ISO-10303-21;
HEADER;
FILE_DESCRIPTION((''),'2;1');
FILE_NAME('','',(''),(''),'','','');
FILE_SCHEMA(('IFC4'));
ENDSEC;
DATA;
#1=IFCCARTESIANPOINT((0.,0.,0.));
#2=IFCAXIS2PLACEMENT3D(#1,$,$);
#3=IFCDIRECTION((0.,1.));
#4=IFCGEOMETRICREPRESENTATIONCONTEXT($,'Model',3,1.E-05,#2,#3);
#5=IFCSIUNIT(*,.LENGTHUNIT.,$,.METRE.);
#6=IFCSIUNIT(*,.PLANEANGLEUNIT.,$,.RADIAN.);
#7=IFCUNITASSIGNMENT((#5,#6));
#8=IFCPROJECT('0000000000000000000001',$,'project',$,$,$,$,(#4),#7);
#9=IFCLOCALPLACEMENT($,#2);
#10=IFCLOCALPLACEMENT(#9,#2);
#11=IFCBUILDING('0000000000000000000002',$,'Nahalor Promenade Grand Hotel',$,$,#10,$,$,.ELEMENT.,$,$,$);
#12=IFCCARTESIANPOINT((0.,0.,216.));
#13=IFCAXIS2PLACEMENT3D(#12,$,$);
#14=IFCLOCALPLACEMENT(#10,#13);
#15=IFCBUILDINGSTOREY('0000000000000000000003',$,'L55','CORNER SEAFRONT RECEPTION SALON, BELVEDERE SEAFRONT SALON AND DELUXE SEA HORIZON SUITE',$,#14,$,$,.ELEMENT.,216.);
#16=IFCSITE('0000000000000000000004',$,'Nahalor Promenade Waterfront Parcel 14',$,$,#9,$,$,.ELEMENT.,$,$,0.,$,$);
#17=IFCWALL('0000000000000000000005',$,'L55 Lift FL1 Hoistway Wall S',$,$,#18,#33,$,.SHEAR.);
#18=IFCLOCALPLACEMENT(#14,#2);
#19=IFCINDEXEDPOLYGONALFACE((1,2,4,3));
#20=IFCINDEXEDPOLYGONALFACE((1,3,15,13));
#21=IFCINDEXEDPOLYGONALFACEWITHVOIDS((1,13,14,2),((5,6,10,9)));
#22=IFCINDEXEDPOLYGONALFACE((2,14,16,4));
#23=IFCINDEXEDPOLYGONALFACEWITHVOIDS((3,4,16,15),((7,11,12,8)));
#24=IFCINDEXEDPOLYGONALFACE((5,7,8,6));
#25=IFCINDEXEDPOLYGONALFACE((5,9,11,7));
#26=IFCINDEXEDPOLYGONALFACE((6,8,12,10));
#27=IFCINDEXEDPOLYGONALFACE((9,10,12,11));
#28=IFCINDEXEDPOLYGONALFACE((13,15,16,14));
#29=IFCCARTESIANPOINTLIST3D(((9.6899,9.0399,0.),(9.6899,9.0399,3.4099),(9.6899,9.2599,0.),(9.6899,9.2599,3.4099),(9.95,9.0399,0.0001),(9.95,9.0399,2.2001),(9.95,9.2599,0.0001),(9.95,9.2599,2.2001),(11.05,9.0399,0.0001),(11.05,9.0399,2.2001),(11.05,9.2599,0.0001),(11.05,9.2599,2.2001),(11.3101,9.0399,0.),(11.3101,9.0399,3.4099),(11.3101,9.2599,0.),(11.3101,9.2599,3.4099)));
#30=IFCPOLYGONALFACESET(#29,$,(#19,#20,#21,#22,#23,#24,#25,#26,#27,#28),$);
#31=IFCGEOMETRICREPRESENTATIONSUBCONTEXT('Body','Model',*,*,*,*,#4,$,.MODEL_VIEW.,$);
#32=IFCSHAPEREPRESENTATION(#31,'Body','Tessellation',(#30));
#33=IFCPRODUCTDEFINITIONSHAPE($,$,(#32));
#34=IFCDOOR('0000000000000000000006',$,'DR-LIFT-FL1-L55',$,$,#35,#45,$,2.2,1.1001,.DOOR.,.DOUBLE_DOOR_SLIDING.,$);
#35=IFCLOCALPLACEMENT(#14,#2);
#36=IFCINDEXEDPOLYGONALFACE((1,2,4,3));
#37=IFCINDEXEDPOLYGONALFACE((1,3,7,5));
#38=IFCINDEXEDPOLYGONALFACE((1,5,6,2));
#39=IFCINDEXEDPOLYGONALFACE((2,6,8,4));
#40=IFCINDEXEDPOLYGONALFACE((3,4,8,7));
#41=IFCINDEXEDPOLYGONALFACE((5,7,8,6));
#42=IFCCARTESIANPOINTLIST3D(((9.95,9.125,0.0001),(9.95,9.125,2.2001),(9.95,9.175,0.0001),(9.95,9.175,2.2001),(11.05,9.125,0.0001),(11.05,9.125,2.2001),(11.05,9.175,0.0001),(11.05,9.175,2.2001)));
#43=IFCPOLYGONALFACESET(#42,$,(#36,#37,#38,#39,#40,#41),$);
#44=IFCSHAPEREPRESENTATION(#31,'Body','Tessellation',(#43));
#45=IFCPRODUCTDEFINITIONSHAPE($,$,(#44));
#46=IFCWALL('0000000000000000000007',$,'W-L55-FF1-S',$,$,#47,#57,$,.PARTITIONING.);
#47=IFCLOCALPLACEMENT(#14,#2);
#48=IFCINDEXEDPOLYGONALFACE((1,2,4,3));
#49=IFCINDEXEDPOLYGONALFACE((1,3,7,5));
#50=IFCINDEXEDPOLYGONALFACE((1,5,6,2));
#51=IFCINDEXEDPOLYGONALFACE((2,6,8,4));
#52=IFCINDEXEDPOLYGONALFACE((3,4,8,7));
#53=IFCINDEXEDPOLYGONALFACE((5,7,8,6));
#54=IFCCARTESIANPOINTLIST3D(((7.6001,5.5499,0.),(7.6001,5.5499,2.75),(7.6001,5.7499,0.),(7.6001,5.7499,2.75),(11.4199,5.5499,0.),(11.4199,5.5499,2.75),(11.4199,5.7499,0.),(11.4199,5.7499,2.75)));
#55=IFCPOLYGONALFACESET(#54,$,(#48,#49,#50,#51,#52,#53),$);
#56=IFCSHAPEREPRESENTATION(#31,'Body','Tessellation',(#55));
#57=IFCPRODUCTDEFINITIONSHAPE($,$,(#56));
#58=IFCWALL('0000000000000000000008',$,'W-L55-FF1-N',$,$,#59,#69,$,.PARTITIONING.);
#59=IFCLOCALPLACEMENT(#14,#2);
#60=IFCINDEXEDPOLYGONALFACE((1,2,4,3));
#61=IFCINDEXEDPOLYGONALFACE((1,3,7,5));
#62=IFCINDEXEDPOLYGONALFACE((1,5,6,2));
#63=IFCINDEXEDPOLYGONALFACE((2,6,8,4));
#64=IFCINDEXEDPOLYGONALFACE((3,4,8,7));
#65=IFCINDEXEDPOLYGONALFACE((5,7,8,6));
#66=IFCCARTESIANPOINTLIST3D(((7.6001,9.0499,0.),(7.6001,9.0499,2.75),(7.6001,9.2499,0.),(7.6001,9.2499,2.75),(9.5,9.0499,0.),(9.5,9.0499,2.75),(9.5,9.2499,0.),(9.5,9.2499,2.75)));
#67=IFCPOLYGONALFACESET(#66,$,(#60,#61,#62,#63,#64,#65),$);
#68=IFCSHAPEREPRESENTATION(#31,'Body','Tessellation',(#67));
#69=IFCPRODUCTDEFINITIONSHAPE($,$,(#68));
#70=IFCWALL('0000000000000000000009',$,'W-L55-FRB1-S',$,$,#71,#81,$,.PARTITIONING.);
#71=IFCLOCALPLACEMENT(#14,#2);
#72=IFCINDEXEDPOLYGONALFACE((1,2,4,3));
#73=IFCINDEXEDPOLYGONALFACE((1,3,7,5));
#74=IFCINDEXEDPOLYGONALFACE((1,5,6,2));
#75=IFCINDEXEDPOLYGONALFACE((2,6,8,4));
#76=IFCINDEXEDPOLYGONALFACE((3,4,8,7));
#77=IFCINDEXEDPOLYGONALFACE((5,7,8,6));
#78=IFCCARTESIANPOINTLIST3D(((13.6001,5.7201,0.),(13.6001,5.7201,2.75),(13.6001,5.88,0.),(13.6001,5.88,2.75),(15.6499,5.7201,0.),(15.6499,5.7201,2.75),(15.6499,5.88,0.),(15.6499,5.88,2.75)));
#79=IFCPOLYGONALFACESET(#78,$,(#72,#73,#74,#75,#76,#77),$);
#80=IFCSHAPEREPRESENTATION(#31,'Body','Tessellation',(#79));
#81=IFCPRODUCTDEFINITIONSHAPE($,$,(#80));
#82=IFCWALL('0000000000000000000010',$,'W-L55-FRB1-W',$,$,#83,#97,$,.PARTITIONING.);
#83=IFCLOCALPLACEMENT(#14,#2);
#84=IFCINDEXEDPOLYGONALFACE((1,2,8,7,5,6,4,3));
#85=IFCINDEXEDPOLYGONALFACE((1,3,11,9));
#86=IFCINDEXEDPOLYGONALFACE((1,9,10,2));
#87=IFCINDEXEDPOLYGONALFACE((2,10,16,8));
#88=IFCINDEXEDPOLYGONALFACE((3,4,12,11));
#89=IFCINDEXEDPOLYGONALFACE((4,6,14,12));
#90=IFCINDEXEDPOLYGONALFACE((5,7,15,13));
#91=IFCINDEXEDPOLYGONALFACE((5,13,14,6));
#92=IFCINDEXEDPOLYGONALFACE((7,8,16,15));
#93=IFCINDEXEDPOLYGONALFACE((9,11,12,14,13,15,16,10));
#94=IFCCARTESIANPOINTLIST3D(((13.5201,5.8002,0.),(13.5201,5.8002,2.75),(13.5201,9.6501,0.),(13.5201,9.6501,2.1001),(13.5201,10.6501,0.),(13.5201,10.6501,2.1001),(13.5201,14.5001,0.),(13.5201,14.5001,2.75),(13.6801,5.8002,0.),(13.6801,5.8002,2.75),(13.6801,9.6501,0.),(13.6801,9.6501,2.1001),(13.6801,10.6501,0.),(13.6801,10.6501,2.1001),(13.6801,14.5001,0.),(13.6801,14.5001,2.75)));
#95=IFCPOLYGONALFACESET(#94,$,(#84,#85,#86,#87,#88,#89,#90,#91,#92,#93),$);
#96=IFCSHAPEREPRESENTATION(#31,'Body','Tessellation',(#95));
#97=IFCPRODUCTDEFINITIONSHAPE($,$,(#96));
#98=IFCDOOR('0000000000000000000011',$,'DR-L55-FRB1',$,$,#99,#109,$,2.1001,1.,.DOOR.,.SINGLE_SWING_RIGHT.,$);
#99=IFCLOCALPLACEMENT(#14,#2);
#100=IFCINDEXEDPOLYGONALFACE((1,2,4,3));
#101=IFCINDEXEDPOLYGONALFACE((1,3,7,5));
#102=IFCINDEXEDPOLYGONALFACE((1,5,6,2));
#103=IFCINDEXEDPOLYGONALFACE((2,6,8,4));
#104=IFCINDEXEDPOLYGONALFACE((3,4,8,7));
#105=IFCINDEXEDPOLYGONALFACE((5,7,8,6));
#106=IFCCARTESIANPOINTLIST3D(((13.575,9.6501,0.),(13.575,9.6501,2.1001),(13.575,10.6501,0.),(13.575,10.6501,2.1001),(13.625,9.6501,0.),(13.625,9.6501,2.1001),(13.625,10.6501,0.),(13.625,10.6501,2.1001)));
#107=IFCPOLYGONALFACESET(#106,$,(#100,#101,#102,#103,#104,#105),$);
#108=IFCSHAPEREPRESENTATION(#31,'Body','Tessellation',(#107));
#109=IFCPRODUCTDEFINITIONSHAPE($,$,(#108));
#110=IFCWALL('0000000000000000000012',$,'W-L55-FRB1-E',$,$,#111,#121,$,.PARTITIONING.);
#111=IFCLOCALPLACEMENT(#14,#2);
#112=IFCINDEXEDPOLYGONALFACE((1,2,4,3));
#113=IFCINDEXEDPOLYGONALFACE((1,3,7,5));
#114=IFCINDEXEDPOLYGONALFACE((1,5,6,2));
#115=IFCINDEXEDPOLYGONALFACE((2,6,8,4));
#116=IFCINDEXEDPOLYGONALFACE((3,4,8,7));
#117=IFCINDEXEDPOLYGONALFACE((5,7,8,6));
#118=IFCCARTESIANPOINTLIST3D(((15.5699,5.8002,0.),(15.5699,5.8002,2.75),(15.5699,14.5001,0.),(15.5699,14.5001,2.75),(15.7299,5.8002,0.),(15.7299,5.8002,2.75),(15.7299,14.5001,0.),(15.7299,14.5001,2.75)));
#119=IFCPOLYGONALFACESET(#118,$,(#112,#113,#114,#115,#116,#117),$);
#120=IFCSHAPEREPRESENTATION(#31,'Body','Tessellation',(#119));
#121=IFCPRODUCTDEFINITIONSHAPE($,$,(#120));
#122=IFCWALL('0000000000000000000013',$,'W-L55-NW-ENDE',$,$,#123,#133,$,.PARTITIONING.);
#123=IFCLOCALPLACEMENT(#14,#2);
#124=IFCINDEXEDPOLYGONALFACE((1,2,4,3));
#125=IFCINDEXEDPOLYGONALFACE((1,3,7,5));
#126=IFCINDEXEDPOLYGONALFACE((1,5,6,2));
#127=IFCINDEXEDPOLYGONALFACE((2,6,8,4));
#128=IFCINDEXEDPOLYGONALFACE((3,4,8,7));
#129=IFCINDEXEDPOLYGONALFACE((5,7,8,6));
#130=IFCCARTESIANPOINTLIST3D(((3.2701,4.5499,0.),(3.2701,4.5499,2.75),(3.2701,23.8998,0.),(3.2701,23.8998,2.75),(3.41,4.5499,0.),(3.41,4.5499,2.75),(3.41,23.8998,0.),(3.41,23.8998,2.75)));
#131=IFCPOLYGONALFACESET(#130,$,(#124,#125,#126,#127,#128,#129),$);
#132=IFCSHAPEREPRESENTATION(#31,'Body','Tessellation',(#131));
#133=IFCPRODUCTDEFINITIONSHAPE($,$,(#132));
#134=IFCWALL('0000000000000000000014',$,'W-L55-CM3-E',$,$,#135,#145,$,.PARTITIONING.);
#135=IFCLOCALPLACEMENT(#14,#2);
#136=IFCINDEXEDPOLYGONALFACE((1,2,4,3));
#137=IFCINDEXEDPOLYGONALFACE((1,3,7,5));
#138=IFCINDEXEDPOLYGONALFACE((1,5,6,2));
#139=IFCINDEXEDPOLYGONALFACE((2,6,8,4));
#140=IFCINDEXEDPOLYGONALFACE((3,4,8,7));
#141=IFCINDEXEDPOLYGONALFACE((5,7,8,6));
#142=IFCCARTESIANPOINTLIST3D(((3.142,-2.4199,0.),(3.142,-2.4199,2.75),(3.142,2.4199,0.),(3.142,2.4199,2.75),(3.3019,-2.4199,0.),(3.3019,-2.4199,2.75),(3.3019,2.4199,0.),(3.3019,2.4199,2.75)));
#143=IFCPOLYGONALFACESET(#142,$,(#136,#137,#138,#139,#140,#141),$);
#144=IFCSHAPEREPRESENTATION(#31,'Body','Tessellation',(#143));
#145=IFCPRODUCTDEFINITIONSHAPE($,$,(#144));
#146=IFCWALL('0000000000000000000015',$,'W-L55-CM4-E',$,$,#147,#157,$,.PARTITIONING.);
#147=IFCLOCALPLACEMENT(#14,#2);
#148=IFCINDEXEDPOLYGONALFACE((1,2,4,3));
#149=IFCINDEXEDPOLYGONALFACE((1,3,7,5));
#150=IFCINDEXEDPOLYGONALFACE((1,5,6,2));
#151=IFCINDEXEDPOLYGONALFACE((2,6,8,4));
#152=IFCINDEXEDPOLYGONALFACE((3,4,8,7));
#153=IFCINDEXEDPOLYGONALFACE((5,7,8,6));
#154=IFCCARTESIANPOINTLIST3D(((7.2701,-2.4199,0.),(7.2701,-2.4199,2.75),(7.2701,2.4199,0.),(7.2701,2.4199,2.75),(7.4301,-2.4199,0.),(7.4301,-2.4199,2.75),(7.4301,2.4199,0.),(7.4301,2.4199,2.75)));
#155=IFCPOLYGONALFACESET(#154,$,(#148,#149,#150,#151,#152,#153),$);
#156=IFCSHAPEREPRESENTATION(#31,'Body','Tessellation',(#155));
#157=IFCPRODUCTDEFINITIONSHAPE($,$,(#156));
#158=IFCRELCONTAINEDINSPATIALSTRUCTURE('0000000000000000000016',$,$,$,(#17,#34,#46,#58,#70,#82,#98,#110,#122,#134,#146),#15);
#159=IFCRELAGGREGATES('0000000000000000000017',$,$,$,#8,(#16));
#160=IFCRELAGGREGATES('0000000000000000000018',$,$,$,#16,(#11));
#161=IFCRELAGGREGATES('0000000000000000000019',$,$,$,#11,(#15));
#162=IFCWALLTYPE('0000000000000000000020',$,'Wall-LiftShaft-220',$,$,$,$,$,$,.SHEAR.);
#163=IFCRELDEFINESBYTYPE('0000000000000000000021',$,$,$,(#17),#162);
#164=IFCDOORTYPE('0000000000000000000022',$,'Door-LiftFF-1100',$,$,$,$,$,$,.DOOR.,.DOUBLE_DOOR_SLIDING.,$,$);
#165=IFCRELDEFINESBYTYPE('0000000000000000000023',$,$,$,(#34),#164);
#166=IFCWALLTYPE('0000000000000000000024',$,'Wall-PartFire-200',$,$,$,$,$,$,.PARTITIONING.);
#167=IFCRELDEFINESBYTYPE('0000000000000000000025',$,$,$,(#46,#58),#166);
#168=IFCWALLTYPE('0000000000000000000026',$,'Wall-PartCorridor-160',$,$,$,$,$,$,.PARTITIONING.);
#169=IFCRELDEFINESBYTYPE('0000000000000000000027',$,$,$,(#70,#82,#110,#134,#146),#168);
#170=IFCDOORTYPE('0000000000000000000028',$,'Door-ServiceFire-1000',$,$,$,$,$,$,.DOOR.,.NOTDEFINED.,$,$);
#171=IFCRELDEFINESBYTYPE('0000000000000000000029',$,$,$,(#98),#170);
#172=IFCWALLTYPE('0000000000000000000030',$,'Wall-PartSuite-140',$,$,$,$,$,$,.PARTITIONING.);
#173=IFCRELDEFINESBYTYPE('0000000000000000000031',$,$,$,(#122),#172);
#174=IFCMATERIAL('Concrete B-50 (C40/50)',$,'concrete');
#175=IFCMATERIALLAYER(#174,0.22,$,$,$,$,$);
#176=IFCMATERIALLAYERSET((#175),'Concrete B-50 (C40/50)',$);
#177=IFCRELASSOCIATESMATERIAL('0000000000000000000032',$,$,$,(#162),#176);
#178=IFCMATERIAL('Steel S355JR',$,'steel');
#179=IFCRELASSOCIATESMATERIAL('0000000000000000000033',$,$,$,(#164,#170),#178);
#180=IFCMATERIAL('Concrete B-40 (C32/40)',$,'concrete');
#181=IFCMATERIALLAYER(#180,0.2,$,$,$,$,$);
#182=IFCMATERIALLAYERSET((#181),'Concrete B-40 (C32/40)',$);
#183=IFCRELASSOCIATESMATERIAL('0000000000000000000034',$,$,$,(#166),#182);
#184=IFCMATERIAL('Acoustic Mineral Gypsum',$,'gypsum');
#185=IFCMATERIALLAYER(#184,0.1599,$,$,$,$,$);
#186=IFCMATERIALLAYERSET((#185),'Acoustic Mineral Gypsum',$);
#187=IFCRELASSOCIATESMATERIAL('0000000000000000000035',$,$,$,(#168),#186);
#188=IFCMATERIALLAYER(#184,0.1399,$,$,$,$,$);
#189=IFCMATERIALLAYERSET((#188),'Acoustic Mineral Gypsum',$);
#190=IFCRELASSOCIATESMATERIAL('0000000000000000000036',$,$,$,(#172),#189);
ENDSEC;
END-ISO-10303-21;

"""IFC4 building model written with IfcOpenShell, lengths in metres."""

from ifc_helpers import new_model, si_unit, direction, frame, frame_2d, origin, place, context, subcontext, project, spatial, rectangle, extrude, source, transform, mapped, material, layer, layer_set, type_object, element, fill, save


model = new_model("IFC4")

# Units and contexts
model_context = context("Model", 3, precision=1e-05, world=origin(), true_north=direction((0.0, 1.0)))
body_context = subcontext(model_context, "Body", "Model", "MODEL_VIEW")
ifc_project = project(units=[si_unit("LENGTHUNIT", "METRE"), si_unit("PLANEANGLEUNIT", "RADIAN")], contexts=[model_context])

# Site, building, storey
site_placement = place(None, origin())
site = spatial("IfcSite", under=ifc_project, at=site_placement, Name="Nahalor Promenade Waterfront Parcel 14", CompositionType="ELEMENT", RefElevation=0.0)
building_placement = place(site_placement, origin())
building = spatial("IfcBuilding", under=site, at=building_placement, Name="Nahalor Promenade Grand Hotel", CompositionType="ELEMENT")
storey_placement = place(building_placement, frame((0.0, 0.0, 216.0)))
storey = spatial("IfcBuildingStorey", under=building, at=storey_placement, Name="L55", Description="CORNER SEAFRONT RECEPTION SALON, BELVEDERE SEAFRONT SALON AND DELUXE SEA HORIZON SUITE", CompositionType="ELEMENT", Elevation=216.0)

# Shared definitions
ifc_material_1 = material(Name="Steel S355JR", Category="steel")

# Shared definitions
ifc_material_2 = material(Name="Concrete B-50 (C40/50)", Category="concrete")

# Shared definitions
ifc_layer_1 = layer(ifc_material_2, 0.22)
ifc_layer_set_1 = layer_set([ifc_layer_1], Name="Concrete B-50 (C40/50)")
wall_type_1 = type_object("IfcWallType", Name="Wall-LiftShaft-220", PredefinedType="SHEAR", material=ifc_layer_set_1)

# Wall, opening, door
shared_shape_1 = source(origin(), body_context, "Body", "SweptSolid", [
    extrude(rectangle(XDim=1.6201, YDim=0.22, at=frame_2d((0.8101, 0.0))), origin(), (0.0, 0.0, 1.0), 3.4099),
])
wall_1_placement = place(storey_placement, frame((9.6899, 9.1499, 0.0), z_axis=(0.0, 0.0, 1.0), x_axis=(1.0, 0.0, 0.0)))
wall_1 = element("IfcWall", 1, at=wall_1_placement, inside=storey, type_object=wall_type_1, Name="L55 Lift FL1 Hoistway Wall S", PredefinedType="SHEAR", context=body_context, shape_type="MappedRepresentation", body=[
    mapped(shared_shape_1, transform((0.0, 0.0, 0.0), scale=1.0)),
])
opening_1_placement = place(wall_1_placement, frame((0.26, 0.0, 0.0)))
opening_1 = element("IfcOpeningElement", 2, at=opening_1_placement, cuts=wall_1, PredefinedType="OPENING", context=body_context, shape_type="SweptSolid", body=[
    extrude(rectangle(XDim=1.1001, YDim=2.2, at=frame_2d((0.55, 1.1001))), frame((0.0, 0.1199, 0.0), z_axis=(0.0, -1.0, 0.0), x_axis=(1.0, 0.0, 0.0)), (0.0, 0.0, 1.0), 0.24),
])
door_type_1 = type_object("IfcDoorType", Name="Door-LiftFF-1100", OperationType="DOUBLE_DOOR_SLIDING", PredefinedType="DOOR", material=ifc_material_1)
shared_shape_2 = source(origin(), body_context, "Body", "SweptSolid", [
    extrude(rectangle(XDim=1.1001, YDim=2.2, at=frame_2d((0.55, 1.1001))), frame((0.0, 0.0249, 0.0), z_axis=(0.0, -1.0, 0.0), x_axis=(1.0, 0.0, 0.0)), (0.0, 0.0, 1.0), 0.05),
])
door_1_placement = place(opening_1_placement, frame((1.1001, 0.0, 0.0), z_axis=(0.0, 0.0, 1.0), x_axis=(-1.0, 0.0, 0.0)))
door_1 = element("IfcDoor", 3, at=door_1_placement, inside=storey, type_object=door_type_1, Name="DR-LIFT-FL1-L55", OperationType="DOUBLE_DOOR_SLIDING", OverallHeight=2.2, OverallWidth=1.1001, PredefinedType="DOOR", context=body_context, shape_type="MappedRepresentation", body=[
    mapped(shared_shape_2, transform((0.0, 0.0, 0.0), scale=1.0)),
])
fill(opening_1, door_1)

# Walls
ifc_material_3 = material(Name="Concrete B-40 (C32/40)", Category="concrete")
ifc_layer_2 = layer(ifc_material_3, 0.2)
ifc_layer_set_2 = layer_set([ifc_layer_2], Name="Concrete B-40 (C32/40)")
wall_type_2 = type_object("IfcWallType", Name="Wall-PartFire-200", PredefinedType="PARTITIONING", material=ifc_layer_set_2)
shared_shape_3 = source(origin(), body_context, "Body", "SweptSolid", [
    extrude(rectangle(XDim=3.8198, YDim=0.2, at=frame_2d((1.9099, 0.0))), origin(), (0.0, 0.0, 1.0), 2.75),
])
wall_2_placement = place(storey_placement, frame((7.6001, 5.6499, 0.0), z_axis=(0.0, 0.0, 1.0), x_axis=(1.0, 0.0, 0.0)))
element("IfcWall", 4, at=wall_2_placement, inside=storey, type_object=wall_type_2, Name="W-L55-FF1-S", PredefinedType="PARTITIONING", context=body_context, shape_type="MappedRepresentation", body=[
    mapped(shared_shape_3, transform((0.0, 0.0, 0.0), scale=1.0)),
])
shared_shape_4 = source(origin(), body_context, "Body", "SweptSolid", [
    extrude(rectangle(XDim=1.8999, YDim=0.2, at=frame_2d((0.95, 0.0))), origin(), (0.0, 0.0, 1.0), 2.75),
])
wall_3_placement = place(storey_placement, frame((7.6001, 9.1499, 0.0), z_axis=(0.0, 0.0, 1.0), x_axis=(1.0, 0.0, 0.0)))
element("IfcWall", 5, at=wall_3_placement, inside=storey, type_object=wall_type_2, Name="W-L55-FF1-N", PredefinedType="PARTITIONING", context=body_context, shape_type="MappedRepresentation", body=[
    mapped(shared_shape_4, transform((0.0, 0.0, 0.0), scale=1.0)),
])

# Wall
ifc_material_4 = material(Name="Acoustic Mineral Gypsum", Category="gypsum")
ifc_layer_3 = layer(ifc_material_4, 0.1599)
ifc_layer_set_3 = layer_set([ifc_layer_3], Name="Acoustic Mineral Gypsum")
wall_type_3 = type_object("IfcWallType", Name="Wall-PartCorridor-160", PredefinedType="PARTITIONING", material=ifc_layer_set_3)
shared_shape_5 = source(origin(), body_context, "Body", "SweptSolid", [
    extrude(rectangle(XDim=2.0498, YDim=0.1599, at=frame_2d((1.0249, 0.0))), origin(), (0.0, 0.0, 1.0), 2.75),
])
wall_4_placement = place(storey_placement, frame((13.6001, 5.8, 0.0), z_axis=(0.0, 0.0, 1.0), x_axis=(1.0, 0.0, 0.0)))
element("IfcWall", 6, at=wall_4_placement, inside=storey, type_object=wall_type_3, Name="W-L55-FRB1-S", PredefinedType="PARTITIONING", context=body_context, shape_type="MappedRepresentation", body=[
    mapped(shared_shape_5, transform((0.0, 0.0, 0.0), scale=1.0)),
])

# Wall, opening, door
shared_shape_6 = source(origin(), body_context, "Body", "SweptSolid", [
    extrude(rectangle(XDim=8.7, YDim=0.1599, at=frame_2d((4.3501, 0.0))), origin(), (0.0, 0.0, 1.0), 2.75),
])
wall_5_placement = place(storey_placement, frame((13.6001, 5.8, 0.0), z_axis=(0.0, 0.0, 1.0), x_axis=(0.0, 1.0, 0.0)))
wall_5 = element("IfcWall", 7, at=wall_5_placement, inside=storey, type_object=wall_type_3, Name="W-L55-FRB1-W", PredefinedType="PARTITIONING", context=body_context, shape_type="MappedRepresentation", body=[
    mapped(shared_shape_6, transform((0.0, 0.0, 0.0), scale=1.0)),
])
opening_2_placement = place(wall_5_placement, frame((3.8501, 0.0, 0.0)))
opening_2 = element("IfcOpeningElement", 8, at=opening_2_placement, cuts=wall_5, PredefinedType="OPENING", context=body_context, shape_type="SweptSolid", body=[
    extrude(rectangle(XDim=1.0, YDim=2.1001, at=frame_2d((0.5, 1.05))), frame((0.0, 0.0898, 0.0), z_axis=(0.0, -1.0, 0.0), x_axis=(1.0, 0.0, 0.0)), (0.0, 0.0, 1.0), 0.1799),
])
door_type_2 = type_object("IfcDoorType", Name="Door-ServiceFire-1000", OperationType="NOTDEFINED", PredefinedType="DOOR", material=ifc_material_1)
shared_shape_7 = source(origin(), body_context, "Body", "SweptSolid", [
    extrude(rectangle(XDim=1.0, YDim=2.1001, at=frame_2d((0.5, 1.05))), frame((0.0, 0.0249, 0.0), z_axis=(0.0, -1.0, 0.0), x_axis=(1.0, 0.0, 0.0)), (0.0, 0.0, 1.0), 0.05),
])
door_2_placement = place(opening_2_placement, frame((1.0, 0.0, 0.0), z_axis=(0.0, 0.0, 1.0), x_axis=(-1.0, 0.0, 0.0)))
door_2 = element("IfcDoor", 9, at=door_2_placement, inside=storey, type_object=door_type_2, Name="DR-L55-FRB1", OperationType="SINGLE_SWING_RIGHT", OverallHeight=2.1001, OverallWidth=1.0, PredefinedType="DOOR", context=body_context, shape_type="MappedRepresentation", body=[
    mapped(shared_shape_7, transform((0.0, 0.0, 0.0), scale=1.0)),
])
fill(opening_2, door_2)

# Walls
wall_6_placement = place(storey_placement, frame((15.6499, 5.8, 0.0), z_axis=(0.0, 0.0, 1.0), x_axis=(0.0, 1.0, 0.0)))
element("IfcWall", 10, at=wall_6_placement, inside=storey, type_object=wall_type_3, Name="W-L55-FRB1-E", PredefinedType="PARTITIONING", context=body_context, shape_type="MappedRepresentation", body=[
    mapped(shared_shape_6, transform((0.0, 0.0, 0.0), scale=1.0)),
])
ifc_layer_4 = layer(ifc_material_4, 0.1399)
ifc_layer_set_4 = layer_set([ifc_layer_4], Name="Acoustic Mineral Gypsum")
wall_type_4 = type_object("IfcWallType", Name="Wall-PartSuite-140", PredefinedType="PARTITIONING", material=ifc_layer_set_4)
shared_shape_8 = source(origin(), body_context, "Body", "SweptSolid", [
    extrude(rectangle(XDim=19.3499, YDim=0.1399, at=frame_2d((9.6748, 0.0))), origin(), (0.0, 0.0, 1.0), 2.75),
])
wall_7_placement = place(storey_placement, frame((3.3401, 4.55, 0.0), z_axis=(0.0, 0.0, 1.0), x_axis=(0.0, 1.0, 0.0)))
element("IfcWall", 11, at=wall_7_placement, inside=storey, type_object=wall_type_4, Name="W-L55-NW-ENDE", PredefinedType="PARTITIONING", context=body_context, shape_type="MappedRepresentation", body=[
    mapped(shared_shape_8, transform((0.0, 0.0, 0.0), scale=1.0)),
])
shared_shape_9 = source(origin(), body_context, "Body", "SweptSolid", [
    extrude(rectangle(XDim=4.8398, YDim=0.1599, at=frame_2d((2.4199, 0.0))), origin(), (0.0, 0.0, 1.0), 2.75),
])
for number, where, z_axis, x_axis, name in (
    (12, (3.2219, -2.4199, 0.0), (0.0, 0.0, 1.0), (0.0, 1.0, 0.0), "W-L55-CM3-E"),
    (13, (7.3501, -2.4199, 0.0), (0.0, 0.0, 1.0), (0.0, 1.0, 0.0), "W-L55-CM4-E"),
):
    element("IfcWall", number, at=place(storey_placement, frame(where, z_axis=z_axis, x_axis=x_axis)), inside=storey, type_object=wall_type_3, Name=name, PredefinedType="PARTITIONING", context=body_context, shape_type="MappedRepresentation", body=[
        mapped(shared_shape_9, transform((0.0, 0.0, 0.0), scale=1.0)),
    ])

save(model, "model.ifc")
